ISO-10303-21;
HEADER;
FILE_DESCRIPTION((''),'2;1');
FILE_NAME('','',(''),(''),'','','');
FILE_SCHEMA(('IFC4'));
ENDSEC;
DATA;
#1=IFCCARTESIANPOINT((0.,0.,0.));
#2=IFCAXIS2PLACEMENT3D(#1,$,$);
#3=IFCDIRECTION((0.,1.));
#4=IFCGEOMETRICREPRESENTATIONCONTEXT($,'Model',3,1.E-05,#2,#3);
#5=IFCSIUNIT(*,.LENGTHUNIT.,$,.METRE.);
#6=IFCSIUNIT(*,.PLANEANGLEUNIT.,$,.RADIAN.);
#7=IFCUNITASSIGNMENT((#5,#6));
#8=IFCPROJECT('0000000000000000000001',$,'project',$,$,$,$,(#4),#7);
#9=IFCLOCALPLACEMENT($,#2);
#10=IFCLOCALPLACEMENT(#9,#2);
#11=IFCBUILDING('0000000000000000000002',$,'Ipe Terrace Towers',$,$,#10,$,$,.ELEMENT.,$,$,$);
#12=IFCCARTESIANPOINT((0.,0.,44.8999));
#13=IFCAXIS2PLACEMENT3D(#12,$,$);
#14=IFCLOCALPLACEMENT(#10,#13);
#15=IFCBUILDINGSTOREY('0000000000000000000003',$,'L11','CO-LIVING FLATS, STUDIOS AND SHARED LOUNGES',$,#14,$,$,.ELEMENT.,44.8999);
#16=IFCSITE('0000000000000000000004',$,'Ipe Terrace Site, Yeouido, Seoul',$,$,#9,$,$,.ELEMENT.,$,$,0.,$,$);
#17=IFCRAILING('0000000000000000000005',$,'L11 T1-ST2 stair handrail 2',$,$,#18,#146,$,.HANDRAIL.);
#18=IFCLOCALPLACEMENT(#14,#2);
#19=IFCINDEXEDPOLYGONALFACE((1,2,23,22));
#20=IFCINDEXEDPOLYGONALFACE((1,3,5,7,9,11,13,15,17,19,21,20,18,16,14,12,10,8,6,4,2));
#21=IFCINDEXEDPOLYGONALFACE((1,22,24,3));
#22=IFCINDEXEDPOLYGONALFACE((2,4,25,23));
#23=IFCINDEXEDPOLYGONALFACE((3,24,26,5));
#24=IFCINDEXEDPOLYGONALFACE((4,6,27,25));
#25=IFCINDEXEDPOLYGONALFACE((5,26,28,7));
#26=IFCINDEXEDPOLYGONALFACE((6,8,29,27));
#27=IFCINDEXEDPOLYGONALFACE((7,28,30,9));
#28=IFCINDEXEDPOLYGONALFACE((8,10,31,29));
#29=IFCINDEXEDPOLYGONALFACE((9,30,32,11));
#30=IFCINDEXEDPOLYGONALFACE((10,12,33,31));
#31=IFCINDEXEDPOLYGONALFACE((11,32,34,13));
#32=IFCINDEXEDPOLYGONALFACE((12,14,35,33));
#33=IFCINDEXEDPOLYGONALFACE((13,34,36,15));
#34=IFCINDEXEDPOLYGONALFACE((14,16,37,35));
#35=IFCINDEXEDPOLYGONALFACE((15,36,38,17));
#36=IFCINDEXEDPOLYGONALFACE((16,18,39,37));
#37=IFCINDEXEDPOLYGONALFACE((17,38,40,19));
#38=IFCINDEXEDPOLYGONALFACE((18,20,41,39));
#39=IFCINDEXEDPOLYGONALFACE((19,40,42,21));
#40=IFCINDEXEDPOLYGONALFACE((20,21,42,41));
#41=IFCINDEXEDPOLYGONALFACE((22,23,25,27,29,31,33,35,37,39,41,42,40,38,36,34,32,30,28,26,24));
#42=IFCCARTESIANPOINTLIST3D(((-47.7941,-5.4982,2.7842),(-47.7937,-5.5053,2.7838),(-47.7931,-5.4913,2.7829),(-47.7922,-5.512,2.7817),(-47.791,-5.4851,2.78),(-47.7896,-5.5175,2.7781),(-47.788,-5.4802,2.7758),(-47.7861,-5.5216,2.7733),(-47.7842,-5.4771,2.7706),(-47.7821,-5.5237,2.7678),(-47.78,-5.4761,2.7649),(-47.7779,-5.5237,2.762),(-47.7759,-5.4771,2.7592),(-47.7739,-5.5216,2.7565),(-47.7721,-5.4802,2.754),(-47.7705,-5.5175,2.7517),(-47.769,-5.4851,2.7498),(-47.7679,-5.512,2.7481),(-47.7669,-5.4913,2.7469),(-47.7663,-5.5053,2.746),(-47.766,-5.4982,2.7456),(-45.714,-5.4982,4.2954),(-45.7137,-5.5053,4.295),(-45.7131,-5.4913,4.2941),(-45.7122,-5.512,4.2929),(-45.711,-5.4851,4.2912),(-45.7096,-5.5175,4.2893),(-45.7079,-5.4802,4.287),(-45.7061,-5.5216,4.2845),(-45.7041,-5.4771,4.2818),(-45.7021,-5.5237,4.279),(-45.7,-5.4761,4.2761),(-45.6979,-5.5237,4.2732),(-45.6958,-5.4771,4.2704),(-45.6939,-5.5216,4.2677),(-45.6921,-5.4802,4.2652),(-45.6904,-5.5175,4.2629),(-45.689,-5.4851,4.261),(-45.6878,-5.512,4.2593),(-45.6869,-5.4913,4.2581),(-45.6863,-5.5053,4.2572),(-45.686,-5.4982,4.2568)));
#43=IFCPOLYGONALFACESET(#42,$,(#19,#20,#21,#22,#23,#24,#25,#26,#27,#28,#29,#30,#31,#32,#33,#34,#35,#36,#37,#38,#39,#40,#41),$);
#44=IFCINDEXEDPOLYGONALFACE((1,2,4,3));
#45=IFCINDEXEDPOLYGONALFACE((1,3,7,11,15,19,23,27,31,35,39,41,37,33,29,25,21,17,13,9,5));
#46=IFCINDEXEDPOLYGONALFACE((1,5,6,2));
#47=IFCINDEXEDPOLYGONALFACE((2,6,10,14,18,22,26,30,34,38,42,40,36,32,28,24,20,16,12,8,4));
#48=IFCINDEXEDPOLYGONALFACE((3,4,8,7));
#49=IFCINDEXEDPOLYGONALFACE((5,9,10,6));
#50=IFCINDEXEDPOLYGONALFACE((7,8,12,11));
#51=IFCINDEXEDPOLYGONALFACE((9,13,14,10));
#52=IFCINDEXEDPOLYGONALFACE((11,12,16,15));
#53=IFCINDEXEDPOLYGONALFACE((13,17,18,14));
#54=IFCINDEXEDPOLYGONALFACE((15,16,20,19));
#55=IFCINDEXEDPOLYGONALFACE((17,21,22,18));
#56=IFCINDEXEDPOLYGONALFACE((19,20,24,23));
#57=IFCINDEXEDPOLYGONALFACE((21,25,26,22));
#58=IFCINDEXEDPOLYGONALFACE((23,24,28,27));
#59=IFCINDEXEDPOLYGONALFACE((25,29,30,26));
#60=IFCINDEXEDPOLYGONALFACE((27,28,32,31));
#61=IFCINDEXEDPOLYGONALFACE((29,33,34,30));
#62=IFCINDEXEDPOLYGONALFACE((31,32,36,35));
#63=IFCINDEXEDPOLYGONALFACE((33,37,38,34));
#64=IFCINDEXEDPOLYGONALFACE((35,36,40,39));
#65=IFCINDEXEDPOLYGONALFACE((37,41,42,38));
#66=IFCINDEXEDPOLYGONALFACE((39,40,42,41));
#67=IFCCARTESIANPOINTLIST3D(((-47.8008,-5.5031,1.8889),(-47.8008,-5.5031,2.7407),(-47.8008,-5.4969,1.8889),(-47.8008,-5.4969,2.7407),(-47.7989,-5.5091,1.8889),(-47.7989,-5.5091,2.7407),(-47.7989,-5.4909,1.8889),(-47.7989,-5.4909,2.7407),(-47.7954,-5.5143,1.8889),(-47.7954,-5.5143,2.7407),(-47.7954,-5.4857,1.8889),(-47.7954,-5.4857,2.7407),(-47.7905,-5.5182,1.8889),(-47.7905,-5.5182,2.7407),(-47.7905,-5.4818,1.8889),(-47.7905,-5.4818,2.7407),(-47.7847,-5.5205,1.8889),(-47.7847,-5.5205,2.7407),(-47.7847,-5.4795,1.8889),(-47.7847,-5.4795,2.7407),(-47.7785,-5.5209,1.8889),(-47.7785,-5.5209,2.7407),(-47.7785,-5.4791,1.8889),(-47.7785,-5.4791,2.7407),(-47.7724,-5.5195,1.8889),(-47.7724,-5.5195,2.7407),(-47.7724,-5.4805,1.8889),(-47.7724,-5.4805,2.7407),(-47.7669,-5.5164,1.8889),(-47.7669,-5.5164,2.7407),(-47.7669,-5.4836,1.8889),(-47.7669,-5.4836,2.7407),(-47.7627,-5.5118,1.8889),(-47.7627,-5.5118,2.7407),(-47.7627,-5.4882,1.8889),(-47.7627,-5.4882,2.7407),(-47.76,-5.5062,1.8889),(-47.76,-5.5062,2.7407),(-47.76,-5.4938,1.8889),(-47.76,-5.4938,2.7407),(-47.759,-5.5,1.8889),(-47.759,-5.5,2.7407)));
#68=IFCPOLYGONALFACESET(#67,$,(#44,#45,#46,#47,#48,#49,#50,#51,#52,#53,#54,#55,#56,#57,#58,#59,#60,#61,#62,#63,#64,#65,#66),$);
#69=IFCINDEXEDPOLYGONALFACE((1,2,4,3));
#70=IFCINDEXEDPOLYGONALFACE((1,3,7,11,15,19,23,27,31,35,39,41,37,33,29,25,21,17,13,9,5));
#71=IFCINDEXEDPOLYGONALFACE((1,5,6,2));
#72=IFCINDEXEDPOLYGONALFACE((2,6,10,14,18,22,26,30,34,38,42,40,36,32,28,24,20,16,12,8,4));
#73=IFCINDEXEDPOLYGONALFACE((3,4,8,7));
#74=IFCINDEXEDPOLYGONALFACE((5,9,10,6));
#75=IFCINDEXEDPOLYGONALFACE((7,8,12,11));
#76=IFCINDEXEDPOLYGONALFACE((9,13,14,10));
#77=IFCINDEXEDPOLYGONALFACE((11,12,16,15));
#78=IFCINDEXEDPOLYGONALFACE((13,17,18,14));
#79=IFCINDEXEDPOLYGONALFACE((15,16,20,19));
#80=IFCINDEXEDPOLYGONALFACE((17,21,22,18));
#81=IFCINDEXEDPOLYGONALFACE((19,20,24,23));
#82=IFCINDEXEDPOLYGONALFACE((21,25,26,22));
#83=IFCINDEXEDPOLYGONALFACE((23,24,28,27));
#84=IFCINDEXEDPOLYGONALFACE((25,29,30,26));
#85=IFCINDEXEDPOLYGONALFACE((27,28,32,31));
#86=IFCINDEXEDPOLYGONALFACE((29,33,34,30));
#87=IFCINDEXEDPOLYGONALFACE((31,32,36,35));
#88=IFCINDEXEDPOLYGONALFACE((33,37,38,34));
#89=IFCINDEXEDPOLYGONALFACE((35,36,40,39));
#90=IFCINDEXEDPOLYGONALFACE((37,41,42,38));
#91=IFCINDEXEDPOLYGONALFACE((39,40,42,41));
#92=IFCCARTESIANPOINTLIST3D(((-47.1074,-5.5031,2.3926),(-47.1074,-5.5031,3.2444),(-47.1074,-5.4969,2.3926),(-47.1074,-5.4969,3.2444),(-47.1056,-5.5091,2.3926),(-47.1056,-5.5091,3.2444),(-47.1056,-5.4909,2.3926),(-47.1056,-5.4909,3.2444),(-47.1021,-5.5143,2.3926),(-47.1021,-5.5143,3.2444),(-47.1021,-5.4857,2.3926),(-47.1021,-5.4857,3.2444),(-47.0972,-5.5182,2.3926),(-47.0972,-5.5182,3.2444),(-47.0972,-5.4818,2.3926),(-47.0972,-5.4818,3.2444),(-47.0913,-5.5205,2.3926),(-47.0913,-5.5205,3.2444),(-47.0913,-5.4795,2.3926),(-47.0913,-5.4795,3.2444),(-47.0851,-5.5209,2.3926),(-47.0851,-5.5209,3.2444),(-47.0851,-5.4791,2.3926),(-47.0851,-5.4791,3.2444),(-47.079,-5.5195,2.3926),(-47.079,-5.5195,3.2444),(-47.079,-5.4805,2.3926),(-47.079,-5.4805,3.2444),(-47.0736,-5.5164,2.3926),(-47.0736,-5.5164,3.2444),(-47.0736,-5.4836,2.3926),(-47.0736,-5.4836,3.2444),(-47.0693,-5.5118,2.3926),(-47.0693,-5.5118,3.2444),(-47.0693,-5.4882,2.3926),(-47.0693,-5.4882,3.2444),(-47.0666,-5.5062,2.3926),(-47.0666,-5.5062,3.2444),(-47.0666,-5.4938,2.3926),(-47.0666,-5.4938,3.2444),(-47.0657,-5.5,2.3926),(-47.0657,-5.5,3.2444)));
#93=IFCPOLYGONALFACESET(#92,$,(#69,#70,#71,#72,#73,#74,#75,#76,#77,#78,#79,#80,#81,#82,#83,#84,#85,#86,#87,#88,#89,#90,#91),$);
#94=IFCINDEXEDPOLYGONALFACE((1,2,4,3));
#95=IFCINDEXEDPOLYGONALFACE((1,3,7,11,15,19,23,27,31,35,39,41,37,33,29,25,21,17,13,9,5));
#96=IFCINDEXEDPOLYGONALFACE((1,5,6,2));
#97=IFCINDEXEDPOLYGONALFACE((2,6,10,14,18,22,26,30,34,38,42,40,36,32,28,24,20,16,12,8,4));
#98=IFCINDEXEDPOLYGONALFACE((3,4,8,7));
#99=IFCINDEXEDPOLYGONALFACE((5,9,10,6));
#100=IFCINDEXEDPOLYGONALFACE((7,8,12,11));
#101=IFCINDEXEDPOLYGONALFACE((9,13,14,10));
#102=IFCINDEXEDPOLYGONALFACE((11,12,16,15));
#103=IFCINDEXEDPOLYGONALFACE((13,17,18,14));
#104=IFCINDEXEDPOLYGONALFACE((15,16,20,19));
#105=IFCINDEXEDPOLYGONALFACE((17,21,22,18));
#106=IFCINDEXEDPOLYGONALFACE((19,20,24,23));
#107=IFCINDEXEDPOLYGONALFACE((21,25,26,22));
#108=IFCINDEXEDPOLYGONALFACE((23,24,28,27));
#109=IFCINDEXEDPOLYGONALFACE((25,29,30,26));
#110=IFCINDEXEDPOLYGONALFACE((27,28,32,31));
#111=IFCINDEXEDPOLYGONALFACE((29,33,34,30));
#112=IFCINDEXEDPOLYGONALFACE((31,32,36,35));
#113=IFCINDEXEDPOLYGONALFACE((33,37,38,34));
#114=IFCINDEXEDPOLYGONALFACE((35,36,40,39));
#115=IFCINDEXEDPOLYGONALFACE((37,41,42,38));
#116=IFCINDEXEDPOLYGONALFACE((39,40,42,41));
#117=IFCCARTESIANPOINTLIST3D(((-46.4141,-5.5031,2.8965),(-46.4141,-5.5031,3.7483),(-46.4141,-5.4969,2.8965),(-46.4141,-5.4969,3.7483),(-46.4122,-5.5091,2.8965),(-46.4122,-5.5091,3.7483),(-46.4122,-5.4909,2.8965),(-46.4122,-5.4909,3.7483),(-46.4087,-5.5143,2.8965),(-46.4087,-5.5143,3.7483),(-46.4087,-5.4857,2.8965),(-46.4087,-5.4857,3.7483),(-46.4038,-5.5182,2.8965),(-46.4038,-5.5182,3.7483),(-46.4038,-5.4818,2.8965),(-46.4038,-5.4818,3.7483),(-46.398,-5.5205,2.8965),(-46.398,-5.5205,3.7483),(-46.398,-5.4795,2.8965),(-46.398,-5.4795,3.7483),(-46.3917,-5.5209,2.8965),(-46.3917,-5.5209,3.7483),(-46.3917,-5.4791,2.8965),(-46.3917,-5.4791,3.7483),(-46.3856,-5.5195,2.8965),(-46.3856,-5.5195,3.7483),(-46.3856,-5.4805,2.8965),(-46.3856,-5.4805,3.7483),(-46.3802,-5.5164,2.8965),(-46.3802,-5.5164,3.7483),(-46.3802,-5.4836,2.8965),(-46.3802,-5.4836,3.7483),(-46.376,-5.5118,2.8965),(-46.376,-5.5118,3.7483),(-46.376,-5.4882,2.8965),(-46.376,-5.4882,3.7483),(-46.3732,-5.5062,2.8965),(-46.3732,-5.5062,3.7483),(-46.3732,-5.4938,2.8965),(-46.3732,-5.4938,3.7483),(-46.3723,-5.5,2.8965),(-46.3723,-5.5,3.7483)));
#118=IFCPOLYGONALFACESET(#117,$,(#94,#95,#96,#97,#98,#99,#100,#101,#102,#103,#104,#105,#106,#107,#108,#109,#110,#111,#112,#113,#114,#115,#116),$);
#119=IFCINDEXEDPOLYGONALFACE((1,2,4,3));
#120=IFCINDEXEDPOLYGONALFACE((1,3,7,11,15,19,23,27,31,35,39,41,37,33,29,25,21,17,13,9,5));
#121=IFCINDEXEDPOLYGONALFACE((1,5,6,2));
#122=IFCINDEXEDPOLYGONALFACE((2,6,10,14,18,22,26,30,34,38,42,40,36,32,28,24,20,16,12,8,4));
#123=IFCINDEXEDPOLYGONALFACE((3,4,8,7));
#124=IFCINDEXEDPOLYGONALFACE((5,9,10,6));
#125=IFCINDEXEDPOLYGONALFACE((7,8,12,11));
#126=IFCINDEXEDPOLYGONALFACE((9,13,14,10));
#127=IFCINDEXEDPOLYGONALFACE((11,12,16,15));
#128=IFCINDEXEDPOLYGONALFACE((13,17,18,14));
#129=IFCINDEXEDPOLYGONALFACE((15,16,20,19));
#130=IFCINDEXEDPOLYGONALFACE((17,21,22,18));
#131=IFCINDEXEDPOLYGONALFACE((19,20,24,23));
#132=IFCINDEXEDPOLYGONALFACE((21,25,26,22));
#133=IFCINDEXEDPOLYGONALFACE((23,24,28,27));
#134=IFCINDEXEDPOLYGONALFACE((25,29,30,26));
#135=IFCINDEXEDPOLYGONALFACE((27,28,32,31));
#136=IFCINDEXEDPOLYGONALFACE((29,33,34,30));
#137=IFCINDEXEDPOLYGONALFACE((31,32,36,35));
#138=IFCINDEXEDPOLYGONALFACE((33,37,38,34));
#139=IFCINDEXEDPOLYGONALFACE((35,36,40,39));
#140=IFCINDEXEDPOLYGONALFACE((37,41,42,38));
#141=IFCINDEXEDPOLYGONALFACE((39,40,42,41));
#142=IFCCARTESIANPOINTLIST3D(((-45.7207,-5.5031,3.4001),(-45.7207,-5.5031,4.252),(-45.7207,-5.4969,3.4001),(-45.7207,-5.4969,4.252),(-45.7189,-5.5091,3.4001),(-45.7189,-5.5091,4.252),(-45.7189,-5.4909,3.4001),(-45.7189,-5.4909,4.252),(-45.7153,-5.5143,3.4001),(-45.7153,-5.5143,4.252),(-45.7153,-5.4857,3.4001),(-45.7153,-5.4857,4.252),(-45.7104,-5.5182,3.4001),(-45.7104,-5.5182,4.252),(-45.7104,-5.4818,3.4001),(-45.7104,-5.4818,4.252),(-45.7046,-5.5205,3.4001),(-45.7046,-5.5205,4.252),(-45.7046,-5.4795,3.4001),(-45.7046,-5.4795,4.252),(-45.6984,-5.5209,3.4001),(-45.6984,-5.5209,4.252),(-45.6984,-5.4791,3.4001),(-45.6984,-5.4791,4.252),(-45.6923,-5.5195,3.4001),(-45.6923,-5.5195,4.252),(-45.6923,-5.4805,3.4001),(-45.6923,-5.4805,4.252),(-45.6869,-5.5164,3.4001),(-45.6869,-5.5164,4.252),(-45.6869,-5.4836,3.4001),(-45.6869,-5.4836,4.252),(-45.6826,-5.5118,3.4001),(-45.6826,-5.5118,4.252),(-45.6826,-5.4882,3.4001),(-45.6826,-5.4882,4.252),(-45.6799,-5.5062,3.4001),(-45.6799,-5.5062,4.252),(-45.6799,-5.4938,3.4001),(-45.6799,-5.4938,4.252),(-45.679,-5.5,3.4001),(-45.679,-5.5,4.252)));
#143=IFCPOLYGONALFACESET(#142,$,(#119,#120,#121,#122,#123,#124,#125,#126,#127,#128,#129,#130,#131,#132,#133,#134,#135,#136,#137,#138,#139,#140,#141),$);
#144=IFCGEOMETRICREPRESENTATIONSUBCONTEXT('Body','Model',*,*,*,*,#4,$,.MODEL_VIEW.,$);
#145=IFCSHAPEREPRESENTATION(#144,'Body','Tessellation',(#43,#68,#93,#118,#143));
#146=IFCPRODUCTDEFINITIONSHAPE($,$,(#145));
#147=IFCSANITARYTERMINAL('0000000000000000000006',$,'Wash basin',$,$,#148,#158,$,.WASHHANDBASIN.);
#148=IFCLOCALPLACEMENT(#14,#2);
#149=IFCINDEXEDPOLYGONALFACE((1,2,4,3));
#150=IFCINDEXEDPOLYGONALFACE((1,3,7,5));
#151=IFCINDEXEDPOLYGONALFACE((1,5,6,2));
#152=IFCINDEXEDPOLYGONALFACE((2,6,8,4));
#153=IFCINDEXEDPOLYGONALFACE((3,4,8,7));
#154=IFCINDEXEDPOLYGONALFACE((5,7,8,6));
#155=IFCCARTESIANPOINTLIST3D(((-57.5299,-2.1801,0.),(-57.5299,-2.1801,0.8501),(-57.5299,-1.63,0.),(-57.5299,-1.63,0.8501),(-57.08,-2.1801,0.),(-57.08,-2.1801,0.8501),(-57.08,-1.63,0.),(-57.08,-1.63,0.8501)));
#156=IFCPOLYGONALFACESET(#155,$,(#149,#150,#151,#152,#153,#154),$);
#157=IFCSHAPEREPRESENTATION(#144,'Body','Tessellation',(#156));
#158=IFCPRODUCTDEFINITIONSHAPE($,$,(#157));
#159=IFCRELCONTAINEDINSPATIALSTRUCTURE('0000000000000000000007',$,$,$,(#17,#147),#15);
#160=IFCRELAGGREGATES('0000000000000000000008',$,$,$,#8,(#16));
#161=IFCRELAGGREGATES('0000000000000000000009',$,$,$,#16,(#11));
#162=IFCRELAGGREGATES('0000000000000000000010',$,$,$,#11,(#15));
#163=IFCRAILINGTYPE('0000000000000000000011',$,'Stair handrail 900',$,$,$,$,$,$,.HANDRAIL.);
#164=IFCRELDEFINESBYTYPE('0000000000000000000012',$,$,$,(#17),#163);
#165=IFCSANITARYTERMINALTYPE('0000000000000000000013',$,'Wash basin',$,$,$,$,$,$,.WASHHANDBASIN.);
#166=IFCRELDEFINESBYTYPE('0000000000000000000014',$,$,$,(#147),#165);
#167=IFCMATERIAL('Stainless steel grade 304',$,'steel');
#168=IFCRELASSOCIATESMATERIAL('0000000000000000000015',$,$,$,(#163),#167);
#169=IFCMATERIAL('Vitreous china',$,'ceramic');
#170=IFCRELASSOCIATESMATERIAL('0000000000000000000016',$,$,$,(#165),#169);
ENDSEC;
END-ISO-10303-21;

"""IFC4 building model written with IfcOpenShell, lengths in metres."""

from ifc_helpers import new_model, si_unit, direction, frame, origin, origin_2d, place, context, subcontext, project, spatial, rectangle, circle, extrude, material, type_object, element, save


model = new_model("IFC4")

# Units and contexts
model_context = context("Model", 3, precision=1e-05, world=origin(), true_north=direction((0.0, 1.0)))
body_context = subcontext(model_context, "Body", "Model", "MODEL_VIEW")
ifc_project = project(units=[si_unit("LENGTHUNIT", "METRE"), si_unit("PLANEANGLEUNIT", "RADIAN")], contexts=[model_context])

# Site, building, storey
site_placement = place(None, origin())
site = spatial("IfcSite", under=ifc_project, at=site_placement, Name="Ipe Terrace Site, Yeouido, Seoul", CompositionType="ELEMENT", RefElevation=0.0)
building_placement = place(site_placement, origin())
building = spatial("IfcBuilding", under=site, at=building_placement, Name="Ipe Terrace Towers", CompositionType="ELEMENT")
storey_placement = place(building_placement, frame((0.0, 0.0, 44.8999)))
storey = spatial("IfcBuildingStorey", under=building, at=storey_placement, Name="L11", Description="CO-LIVING FLATS, STUDIOS AND SHARED LOUNGES", CompositionType="ELEMENT", Elevation=44.8999)

# Railing
ifc_material_1 = material(Name="Stainless steel grade 304", Category="steel")
railing_type_1 = type_object("IfcRailingType", Name="Stair handrail 900", PredefinedType="HANDRAIL", material=ifc_material_1)
railing_1_placement = place(storey_placement, frame((-47.78, -5.5, 1.8889)))
element("IfcRailing", 1, at=railing_1_placement, inside=storey, type_object=railing_type_1, Name="L11 T1-ST2 stair handrail 2", PredefinedType="HANDRAIL", context=body_context, shape_type="SweptSolid", body=[
    extrude(circle(Radius=0.0239, at=origin_2d()), frame((0.0, 0.0, 0.876), z_axis=(0.809023, 0.0, 0.587776), x_axis=(0.0, 1.0, 0.0)), (0.0, 0.0, 1.0), 2.571),
    extrude(circle(Radius=0.021, at=origin_2d()), origin(), (0.0, 0.0, 1.0), 0.8518),
    extrude(circle(Radius=0.021, at=origin_2d()), frame((0.6934, 0.0, 0.5037)), (0.0, 0.0, 1.0), 0.8518),
    extrude(circle(Radius=0.021, at=origin_2d()), frame((1.3867, 0.0, 1.0076)), (0.0, 0.0, 1.0), 0.8518),
    extrude(circle(Radius=0.021, at=origin_2d()), frame((2.0801, 0.0, 1.5112)), (0.0, 0.0, 1.0), 0.8518),
])

# Sanitary terminal
ifc_material_2 = material(Name="Vitreous china", Category="ceramic")
sanitary_terminal_type = type_object("IfcSanitaryTerminalType", Name="Wash basin", PredefinedType="WASHHANDBASIN", material=ifc_material_2)
sanitary_terminal_placement = place(storey_placement, frame((-57.3049, -1.905, 0.0), z_axis=(0.0, 0.0, 1.0), x_axis=(0.0, 1.0, 0.0)))
element("IfcSanitaryTerminal", 2, at=sanitary_terminal_placement, inside=storey, type_object=sanitary_terminal_type, Name="Wash basin", PredefinedType="WASHHANDBASIN", context=body_context, shape_type="SweptSolid", body=[
    extrude(rectangle(XDim=0.55, YDim=0.45, at=origin_2d()), origin(), (0.0, 0.0, 1.0), 0.8501),
])

save(model, "model.ifc")
